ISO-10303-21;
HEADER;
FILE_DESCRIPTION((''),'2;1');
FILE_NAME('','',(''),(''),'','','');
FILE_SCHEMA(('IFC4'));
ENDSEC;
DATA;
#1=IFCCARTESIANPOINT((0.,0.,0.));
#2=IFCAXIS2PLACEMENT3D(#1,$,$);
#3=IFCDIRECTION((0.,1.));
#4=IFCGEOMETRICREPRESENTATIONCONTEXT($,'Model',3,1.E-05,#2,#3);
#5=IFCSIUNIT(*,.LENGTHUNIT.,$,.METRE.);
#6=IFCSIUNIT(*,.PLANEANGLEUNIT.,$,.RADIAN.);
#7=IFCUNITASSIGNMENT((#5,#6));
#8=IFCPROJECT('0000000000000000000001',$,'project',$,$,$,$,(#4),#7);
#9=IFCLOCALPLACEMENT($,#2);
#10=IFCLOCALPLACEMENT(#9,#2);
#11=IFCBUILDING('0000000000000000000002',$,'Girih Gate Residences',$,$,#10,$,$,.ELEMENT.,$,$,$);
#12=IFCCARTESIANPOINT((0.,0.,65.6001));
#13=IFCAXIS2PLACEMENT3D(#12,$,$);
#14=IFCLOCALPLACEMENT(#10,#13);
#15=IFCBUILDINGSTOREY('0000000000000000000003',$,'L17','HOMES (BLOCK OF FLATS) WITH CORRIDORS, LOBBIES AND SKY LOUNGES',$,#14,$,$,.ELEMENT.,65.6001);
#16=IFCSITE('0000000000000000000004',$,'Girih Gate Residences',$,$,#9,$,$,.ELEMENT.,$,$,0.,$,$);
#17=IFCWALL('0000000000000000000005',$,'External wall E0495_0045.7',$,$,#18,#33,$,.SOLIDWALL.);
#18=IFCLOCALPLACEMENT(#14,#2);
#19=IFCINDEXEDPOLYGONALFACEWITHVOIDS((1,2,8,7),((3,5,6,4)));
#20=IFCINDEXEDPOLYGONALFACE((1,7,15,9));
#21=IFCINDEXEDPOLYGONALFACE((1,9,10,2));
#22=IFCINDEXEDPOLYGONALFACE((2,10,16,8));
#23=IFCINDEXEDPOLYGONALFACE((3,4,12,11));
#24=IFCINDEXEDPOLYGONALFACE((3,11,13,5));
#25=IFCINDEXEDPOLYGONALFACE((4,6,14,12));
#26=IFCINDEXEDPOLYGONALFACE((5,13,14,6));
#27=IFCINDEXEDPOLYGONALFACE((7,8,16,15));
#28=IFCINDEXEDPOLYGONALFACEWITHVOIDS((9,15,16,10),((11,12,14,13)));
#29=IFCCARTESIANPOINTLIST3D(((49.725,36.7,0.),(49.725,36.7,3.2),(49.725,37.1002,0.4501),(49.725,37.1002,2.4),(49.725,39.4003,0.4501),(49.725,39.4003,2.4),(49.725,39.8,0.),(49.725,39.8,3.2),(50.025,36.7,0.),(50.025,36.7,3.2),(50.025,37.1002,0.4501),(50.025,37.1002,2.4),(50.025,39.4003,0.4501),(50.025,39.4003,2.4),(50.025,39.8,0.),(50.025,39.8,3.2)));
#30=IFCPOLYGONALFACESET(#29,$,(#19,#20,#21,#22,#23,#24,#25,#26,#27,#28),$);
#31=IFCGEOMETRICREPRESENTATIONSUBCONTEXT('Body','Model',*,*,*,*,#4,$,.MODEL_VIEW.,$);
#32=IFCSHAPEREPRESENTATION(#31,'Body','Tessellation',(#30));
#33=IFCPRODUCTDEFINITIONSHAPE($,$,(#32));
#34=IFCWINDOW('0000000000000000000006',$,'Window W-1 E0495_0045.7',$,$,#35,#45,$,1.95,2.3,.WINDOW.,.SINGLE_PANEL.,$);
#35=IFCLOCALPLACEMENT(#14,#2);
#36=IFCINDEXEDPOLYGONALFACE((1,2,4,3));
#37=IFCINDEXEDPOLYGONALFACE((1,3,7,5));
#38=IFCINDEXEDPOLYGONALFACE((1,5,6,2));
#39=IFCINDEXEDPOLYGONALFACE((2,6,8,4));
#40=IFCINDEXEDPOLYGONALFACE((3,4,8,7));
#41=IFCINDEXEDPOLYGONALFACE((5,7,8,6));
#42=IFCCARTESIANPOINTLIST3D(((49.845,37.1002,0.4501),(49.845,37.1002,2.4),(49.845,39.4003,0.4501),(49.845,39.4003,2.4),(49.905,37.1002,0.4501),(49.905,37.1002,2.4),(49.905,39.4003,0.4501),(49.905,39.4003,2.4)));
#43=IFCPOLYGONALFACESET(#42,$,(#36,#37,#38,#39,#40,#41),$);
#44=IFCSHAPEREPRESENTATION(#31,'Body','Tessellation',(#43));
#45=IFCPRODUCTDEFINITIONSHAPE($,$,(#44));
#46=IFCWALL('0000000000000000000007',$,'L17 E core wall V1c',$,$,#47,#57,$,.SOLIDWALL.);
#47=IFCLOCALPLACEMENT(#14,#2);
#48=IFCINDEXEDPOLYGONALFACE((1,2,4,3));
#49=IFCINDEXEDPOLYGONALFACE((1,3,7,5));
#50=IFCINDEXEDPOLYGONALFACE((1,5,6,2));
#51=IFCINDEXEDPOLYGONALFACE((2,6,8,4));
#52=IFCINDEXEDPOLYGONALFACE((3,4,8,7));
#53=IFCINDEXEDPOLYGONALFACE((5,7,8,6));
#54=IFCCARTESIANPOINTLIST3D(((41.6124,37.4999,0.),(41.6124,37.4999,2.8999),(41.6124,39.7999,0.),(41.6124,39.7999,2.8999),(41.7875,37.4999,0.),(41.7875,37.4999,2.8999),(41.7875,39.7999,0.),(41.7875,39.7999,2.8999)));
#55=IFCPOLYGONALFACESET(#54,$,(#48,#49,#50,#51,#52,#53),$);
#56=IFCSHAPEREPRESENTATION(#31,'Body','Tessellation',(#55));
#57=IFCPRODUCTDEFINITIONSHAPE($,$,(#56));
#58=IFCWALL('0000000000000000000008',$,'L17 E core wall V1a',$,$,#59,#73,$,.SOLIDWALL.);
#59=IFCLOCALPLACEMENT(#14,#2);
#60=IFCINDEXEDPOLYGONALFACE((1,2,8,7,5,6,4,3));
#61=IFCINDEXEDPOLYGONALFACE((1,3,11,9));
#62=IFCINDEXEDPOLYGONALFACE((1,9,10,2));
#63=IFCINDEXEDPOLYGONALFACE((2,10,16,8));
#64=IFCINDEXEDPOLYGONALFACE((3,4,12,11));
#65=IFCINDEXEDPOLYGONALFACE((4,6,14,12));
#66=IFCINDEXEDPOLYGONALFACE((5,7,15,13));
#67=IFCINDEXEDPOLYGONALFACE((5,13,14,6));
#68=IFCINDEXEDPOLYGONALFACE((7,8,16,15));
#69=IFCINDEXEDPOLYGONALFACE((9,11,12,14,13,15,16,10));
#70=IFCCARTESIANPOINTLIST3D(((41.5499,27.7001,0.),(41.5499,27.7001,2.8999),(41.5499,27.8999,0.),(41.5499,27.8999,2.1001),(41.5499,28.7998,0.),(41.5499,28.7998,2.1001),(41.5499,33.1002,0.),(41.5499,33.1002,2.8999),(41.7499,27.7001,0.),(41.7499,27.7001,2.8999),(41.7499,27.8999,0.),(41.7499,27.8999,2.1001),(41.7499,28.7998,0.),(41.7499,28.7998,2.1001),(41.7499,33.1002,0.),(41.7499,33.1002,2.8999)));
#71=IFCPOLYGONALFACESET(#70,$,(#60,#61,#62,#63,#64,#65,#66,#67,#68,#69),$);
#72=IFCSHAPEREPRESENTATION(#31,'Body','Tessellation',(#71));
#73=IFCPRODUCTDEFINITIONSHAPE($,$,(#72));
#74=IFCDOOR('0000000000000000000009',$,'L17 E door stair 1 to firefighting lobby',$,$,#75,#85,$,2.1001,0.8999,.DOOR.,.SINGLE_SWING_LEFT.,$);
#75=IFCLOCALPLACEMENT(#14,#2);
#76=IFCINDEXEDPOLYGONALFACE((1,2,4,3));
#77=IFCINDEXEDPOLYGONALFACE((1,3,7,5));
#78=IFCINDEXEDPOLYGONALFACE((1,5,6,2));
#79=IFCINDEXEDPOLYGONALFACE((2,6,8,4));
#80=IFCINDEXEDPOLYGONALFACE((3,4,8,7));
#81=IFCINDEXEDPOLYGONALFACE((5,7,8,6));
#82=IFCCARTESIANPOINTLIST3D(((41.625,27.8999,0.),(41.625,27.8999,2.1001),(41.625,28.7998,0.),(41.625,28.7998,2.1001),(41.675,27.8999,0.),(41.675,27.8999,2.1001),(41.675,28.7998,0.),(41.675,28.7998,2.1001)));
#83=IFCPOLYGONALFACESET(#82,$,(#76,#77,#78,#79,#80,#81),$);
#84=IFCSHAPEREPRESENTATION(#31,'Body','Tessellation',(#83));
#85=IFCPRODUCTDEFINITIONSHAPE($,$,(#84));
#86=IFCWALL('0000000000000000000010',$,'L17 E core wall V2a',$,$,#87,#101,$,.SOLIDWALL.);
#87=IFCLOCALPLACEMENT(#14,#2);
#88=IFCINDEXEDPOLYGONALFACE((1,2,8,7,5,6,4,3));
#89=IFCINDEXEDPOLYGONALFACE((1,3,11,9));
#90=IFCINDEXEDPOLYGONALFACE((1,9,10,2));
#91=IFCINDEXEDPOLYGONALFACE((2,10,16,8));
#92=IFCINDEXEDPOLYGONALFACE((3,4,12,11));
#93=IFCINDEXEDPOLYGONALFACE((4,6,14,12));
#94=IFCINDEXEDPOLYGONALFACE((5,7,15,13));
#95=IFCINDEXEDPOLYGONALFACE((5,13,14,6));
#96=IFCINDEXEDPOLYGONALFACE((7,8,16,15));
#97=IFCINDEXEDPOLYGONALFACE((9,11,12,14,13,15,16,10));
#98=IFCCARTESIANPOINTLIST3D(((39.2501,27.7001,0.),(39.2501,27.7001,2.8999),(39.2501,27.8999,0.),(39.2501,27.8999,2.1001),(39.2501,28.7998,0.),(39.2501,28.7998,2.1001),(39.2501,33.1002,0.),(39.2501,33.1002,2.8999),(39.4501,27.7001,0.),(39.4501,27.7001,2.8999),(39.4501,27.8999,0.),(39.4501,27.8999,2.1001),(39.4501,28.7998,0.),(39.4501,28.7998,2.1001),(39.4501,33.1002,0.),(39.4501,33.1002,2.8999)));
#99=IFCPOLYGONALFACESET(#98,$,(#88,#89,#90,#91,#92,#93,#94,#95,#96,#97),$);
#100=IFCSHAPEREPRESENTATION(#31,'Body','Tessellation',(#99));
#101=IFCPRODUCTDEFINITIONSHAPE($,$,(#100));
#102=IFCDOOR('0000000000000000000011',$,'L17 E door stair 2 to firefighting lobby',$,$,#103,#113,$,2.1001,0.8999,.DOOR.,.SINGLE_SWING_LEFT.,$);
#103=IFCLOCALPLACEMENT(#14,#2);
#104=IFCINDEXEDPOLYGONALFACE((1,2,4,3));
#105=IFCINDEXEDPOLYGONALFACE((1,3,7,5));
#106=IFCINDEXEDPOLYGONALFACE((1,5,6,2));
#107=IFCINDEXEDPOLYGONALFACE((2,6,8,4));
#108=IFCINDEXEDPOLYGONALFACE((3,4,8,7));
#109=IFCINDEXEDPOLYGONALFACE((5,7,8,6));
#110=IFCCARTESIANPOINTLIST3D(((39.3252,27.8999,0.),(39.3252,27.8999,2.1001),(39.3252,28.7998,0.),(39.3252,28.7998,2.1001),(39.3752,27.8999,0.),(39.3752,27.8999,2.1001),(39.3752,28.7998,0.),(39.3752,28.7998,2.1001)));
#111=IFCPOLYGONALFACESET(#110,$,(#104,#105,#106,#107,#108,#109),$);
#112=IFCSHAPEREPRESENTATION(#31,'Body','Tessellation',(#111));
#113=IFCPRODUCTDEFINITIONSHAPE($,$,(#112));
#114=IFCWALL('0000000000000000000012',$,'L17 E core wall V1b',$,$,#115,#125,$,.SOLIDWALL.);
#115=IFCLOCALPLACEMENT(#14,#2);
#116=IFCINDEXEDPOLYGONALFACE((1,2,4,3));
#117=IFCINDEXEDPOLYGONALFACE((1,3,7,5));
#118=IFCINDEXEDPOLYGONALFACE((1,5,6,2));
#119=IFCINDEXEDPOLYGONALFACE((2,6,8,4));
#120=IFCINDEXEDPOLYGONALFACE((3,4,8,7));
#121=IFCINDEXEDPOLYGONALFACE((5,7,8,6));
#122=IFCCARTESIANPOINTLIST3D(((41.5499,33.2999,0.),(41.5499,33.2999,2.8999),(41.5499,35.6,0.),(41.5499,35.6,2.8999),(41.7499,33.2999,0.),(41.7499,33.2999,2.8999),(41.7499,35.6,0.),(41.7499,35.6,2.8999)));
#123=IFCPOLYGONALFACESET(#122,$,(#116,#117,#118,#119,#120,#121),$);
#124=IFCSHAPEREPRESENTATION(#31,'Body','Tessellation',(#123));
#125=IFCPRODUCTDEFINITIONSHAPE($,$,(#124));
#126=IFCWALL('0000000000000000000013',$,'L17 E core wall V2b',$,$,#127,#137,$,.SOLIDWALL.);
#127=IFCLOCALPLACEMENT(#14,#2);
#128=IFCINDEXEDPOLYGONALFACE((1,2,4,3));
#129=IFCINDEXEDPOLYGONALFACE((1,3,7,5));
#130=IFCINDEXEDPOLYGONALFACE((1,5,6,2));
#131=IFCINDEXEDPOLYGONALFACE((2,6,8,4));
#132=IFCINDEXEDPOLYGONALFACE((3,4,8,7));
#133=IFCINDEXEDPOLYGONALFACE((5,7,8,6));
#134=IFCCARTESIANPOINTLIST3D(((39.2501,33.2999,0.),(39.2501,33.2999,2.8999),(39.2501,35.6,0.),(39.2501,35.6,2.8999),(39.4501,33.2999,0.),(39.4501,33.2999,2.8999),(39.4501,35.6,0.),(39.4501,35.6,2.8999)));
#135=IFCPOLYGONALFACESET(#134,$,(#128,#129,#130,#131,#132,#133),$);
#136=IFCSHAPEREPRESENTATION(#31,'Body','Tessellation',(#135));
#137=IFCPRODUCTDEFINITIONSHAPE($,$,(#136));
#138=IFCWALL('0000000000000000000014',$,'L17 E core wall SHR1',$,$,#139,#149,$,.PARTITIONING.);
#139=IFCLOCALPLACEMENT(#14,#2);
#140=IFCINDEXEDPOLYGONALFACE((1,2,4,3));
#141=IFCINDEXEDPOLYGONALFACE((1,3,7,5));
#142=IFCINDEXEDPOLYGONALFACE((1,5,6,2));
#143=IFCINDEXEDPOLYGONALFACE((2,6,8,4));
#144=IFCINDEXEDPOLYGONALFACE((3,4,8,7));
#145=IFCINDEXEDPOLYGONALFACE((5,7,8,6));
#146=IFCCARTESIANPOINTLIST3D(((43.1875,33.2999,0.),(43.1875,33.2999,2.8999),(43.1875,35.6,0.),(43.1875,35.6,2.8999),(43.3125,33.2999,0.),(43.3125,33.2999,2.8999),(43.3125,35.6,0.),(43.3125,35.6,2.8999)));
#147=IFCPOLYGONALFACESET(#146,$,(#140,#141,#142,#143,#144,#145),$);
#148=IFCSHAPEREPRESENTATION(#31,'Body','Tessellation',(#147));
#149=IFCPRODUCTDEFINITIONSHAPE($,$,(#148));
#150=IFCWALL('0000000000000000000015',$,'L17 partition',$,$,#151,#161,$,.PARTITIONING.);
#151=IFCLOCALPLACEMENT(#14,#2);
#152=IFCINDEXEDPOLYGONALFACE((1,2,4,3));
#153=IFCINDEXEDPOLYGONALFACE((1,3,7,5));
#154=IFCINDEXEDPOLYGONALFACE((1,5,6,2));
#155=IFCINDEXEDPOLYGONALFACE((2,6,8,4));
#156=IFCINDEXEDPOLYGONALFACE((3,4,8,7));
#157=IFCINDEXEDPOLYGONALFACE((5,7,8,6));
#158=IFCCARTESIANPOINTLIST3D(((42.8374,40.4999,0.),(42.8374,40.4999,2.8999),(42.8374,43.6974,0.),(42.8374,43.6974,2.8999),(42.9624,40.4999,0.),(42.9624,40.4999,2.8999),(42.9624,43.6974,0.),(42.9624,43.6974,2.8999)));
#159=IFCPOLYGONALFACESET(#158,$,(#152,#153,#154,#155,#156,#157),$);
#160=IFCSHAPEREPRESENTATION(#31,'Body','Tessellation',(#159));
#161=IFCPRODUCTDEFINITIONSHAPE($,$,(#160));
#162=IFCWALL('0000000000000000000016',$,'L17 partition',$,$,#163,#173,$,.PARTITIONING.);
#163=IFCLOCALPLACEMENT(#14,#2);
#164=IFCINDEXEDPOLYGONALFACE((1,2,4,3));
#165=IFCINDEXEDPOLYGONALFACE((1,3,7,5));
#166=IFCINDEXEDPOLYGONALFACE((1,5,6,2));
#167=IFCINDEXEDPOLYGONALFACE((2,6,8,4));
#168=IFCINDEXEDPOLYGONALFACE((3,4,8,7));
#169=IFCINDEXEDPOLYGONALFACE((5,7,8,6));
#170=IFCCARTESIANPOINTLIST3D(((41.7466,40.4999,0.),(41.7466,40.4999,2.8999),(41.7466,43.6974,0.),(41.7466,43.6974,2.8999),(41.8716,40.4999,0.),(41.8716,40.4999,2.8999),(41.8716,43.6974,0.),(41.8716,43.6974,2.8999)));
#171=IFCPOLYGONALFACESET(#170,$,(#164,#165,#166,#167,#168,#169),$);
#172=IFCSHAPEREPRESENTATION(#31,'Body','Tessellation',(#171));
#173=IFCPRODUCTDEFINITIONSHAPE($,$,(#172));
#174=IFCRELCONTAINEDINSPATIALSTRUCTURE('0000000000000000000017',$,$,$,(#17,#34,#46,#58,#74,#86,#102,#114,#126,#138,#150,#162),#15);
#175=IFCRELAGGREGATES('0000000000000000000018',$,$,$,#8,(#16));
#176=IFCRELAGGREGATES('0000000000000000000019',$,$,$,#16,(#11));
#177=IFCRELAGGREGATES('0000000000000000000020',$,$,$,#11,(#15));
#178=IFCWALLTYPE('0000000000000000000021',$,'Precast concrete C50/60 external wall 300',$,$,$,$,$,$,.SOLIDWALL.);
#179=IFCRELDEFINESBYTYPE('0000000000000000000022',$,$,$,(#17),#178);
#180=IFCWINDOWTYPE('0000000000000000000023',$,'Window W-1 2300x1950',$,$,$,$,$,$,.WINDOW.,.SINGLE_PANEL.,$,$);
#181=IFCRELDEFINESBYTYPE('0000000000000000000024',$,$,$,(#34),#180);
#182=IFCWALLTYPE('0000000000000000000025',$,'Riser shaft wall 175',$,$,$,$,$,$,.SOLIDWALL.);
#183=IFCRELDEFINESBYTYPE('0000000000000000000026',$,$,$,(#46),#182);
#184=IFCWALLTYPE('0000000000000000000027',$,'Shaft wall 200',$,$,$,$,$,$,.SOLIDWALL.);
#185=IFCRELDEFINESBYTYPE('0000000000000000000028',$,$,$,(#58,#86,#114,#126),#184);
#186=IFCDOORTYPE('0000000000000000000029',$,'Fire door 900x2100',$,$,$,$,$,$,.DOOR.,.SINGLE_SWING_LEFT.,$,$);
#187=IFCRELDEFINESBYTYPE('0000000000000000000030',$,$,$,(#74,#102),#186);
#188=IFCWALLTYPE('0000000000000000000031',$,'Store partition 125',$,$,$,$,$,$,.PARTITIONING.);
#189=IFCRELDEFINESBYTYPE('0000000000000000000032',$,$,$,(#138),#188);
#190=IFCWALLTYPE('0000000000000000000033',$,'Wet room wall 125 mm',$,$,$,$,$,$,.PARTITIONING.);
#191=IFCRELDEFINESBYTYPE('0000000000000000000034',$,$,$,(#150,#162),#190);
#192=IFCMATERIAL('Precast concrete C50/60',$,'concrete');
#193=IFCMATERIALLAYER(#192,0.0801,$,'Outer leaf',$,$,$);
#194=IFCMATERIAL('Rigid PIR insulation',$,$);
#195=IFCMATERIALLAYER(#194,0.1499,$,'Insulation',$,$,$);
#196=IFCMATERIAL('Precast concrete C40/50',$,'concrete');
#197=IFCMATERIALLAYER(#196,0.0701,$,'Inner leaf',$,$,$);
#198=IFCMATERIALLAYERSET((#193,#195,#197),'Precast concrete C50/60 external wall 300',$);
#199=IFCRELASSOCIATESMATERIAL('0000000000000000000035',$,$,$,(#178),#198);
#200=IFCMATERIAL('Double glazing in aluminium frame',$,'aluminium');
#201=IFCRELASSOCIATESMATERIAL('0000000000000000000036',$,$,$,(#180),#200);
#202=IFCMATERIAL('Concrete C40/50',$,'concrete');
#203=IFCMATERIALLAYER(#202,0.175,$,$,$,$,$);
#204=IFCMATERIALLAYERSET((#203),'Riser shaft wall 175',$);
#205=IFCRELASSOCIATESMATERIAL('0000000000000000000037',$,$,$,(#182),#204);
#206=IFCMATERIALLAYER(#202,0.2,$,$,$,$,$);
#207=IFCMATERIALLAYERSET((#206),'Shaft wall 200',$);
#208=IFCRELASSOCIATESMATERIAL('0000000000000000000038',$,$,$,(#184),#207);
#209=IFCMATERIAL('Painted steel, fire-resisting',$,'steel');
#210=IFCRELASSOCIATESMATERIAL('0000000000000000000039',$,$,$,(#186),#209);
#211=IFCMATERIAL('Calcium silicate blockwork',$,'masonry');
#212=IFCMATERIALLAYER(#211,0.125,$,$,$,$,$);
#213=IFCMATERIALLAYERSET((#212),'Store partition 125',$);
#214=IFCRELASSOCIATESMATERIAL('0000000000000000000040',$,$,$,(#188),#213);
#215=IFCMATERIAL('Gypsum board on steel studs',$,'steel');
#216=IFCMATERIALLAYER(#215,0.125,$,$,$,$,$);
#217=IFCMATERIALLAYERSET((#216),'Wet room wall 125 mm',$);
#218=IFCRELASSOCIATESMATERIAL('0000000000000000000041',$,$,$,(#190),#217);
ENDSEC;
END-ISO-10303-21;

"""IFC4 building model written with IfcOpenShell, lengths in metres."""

from ifc_helpers import new_model, si_unit, direction, frame, frame_2d, origin, place, context, subcontext, project, spatial, rectangle, extrude, material, layer, layer_set, type_object, element, fill, save


model = new_model("IFC4")

# Units and contexts
model_context = context("Model", 3, precision=1e-05, world=origin(), true_north=direction((0.0, 1.0)))
body_context = subcontext(model_context, "Body", "Model", "MODEL_VIEW")
ifc_project = project(units=[si_unit("LENGTHUNIT", "METRE"), si_unit("PLANEANGLEUNIT", "RADIAN")], contexts=[model_context])

# Site, building, storey
site_placement = place(None, origin())
site = spatial("IfcSite", under=ifc_project, at=site_placement, Name="Girih Gate Residences", CompositionType="ELEMENT", RefElevation=0.0)
building_placement = place(site_placement, origin())
building = spatial("IfcBuilding", under=site, at=building_placement, Name="Girih Gate Residences", CompositionType="ELEMENT")
storey_placement = place(building_placement, frame((0.0, 0.0, 65.6001)))
storey = spatial("IfcBuildingStorey", under=building, at=storey_placement, Name="L17", Description="HOMES (BLOCK OF FLATS) WITH CORRIDORS, LOBBIES AND SKY LOUNGES", CompositionType="ELEMENT", Elevation=65.6001)

# Shared definitions
ifc_material_1 = material(Name="Gypsum board on steel studs", Category="steel")

# Wall, opening, window
ifc_material_2 = material(Name="Precast concrete C50/60", Category="concrete")
ifc_layer_1 = layer(ifc_material_2, 0.0801, Name="Outer leaf")
ifc_material_3 = material(Name="Rigid PIR insulation")
ifc_layer_2 = layer(ifc_material_3, 0.1499, Name="Insulation")
ifc_material_4 = material(Name="Precast concrete C40/50", Category="concrete")
ifc_layer_3 = layer(ifc_material_4, 0.0701, Name="Inner leaf")
ifc_layer_set_1 = layer_set([ifc_layer_1, ifc_layer_2, ifc_layer_3], Name="Precast concrete C50/60 external wall 300")
wall_type_1 = type_object("IfcWallType", Name="Precast concrete C50/60 external wall 300", PredefinedType="SOLIDWALL", material=ifc_layer_set_1)
ifc_material_5 = material(Name="Double glazing in aluminium frame", Category="aluminium")
window_type = type_object("IfcWindowType", Name="Window W-1 2300x1950", PartitioningType="SINGLE_PANEL", PredefinedType="WINDOW", material=ifc_material_5)
wall_1_placement = place(storey_placement, frame((49.875, 39.8, 0.0), z_axis=(0.0, 0.0, 1.0), x_axis=(0.0, -1.0, 0.0)))
wall_1 = element("IfcWall", 1, at=wall_1_placement, inside=storey, type_object=wall_type_1, Name="External wall E0495_0045.7", PredefinedType="SOLIDWALL", context=body_context, shape_type="SweptSolid", body=[
    extrude(rectangle(XDim=3.1001, YDim=0.3, at=frame_2d((1.55, 0.0))), origin(), (0.0, 0.0, 1.0), 3.2),
])
opening_1_placement = place(wall_1_placement, frame((0.3999, 0.0, 0.45)))
opening_1 = element("IfcOpeningElement", 2, at=opening_1_placement, cuts=wall_1, PredefinedType="OPENING", context=body_context, shape_type="SweptSolid", body=[
    extrude(rectangle(XDim=2.3, YDim=1.95, at=frame_2d((1.1499, 0.9751))), frame((0.0, 0.1599, 0.0), z_axis=(0.0, -1.0, 0.0), x_axis=(1.0, 0.0, 0.0)), (0.0, 0.0, 1.0), 0.3201),
])
window_1_placement = place(opening_1_placement, origin())
window_1 = element("IfcWindow", 3, at=window_1_placement, inside=storey, type_object=window_type, Name="Window W-1 E0495_0045.7", OverallHeight=1.95, OverallWidth=2.3, PartitioningType="SINGLE_PANEL", PredefinedType="WINDOW", context=body_context, shape_type="SweptSolid", body=[
    extrude(rectangle(XDim=2.3, YDim=1.95, at=frame_2d((1.1499, 0.9751))), frame((0.0, 0.03, 0.0), z_axis=(0.0, -1.0, 0.0), x_axis=(1.0, 0.0, 0.0)), (0.0, 0.0, 1.0), 0.0601),
])
fill(opening_1, window_1)

# Wall
ifc_material_6 = material(Name="Concrete C40/50", Category="concrete")
ifc_layer_4 = layer(ifc_material_6, 0.175)
ifc_layer_set_2 = layer_set([ifc_layer_4], Name="Riser shaft wall 175")
wall_type_2 = type_object("IfcWallType", Name="Riser shaft wall 175", PredefinedType="SOLIDWALL", material=ifc_layer_set_2)
wall_2_placement = place(storey_placement, frame((41.7, 37.5, 0.0), z_axis=(0.0, 0.0, 1.0), x_axis=(0.0, 1.0, 0.0)))
element("IfcWall", 4, at=wall_2_placement, inside=storey, type_object=wall_type_2, Name="L17 E core wall V1c", PredefinedType="SOLIDWALL", context=body_context, shape_type="SweptSolid", body=[
    extrude(rectangle(XDim=2.3, YDim=0.175, at=frame_2d((1.1499, 0.0))), origin(), (0.0, 0.0, 1.0), 2.8999),
])

# Walls, openings, doors
ifc_layer_5 = layer(ifc_material_6, 0.2)
ifc_layer_set_3 = layer_set([ifc_layer_5], Name="Shaft wall 200")
wall_type_3 = type_object("IfcWallType", Name="Shaft wall 200", PredefinedType="SOLIDWALL", material=ifc_layer_set_3)
wall_3_placement = place(storey_placement, frame((41.6499, 27.7, 0.0), z_axis=(0.0, 0.0, 1.0), x_axis=(0.0, 1.0, 0.0)))
wall_3 = element("IfcWall", 5, at=wall_3_placement, inside=storey, type_object=wall_type_3, Name="L17 E core wall V1a", PredefinedType="SOLIDWALL", context=body_context, shape_type="SweptSolid", body=[
    extrude(rectangle(XDim=5.4001, YDim=0.2, at=frame_2d((2.7002, 0.0))), origin(), (0.0, 0.0, 1.0), 2.8999),
])
opening_2_placement = place(wall_3_placement, frame((0.2, 0.0, 0.0)))
opening_2 = element("IfcOpeningElement", 6, at=opening_2_placement, cuts=wall_3, PredefinedType="OPENING", context=body_context, shape_type="SweptSolid", body=[
    extrude(rectangle(XDim=0.8999, YDim=2.1001, at=frame_2d((0.45, 1.05))), frame((0.0, 0.1099, 0.0), z_axis=(0.0, -1.0, 0.0), x_axis=(1.0, 0.0, 0.0)), (0.0, 0.0, 1.0), 0.22),
])
ifc_material_7 = material(Name="Painted steel, fire-resisting", Category="steel")
door_type_1 = type_object("IfcDoorType", Name="Fire door 900x2100", OperationType="SINGLE_SWING_LEFT", PredefinedType="DOOR", material=ifc_material_7)
door_1_placement = place(opening_2_placement, origin())
door_1 = element("IfcDoor", 7, at=door_1_placement, inside=storey, type_object=door_type_1, Name="L17 E door stair 1 to firefighting lobby", OperationType="SINGLE_SWING_LEFT", OverallHeight=2.1001, OverallWidth=0.8999, PredefinedType="DOOR", context=body_context, shape_type="SweptSolid", body=[
    extrude(rectangle(XDim=0.8999, YDim=2.1001, at=frame_2d((0.45, 1.05))), frame((0.0, 0.0249, 0.0), z_axis=(0.0, -1.0, 0.0), x_axis=(1.0, 0.0, 0.0)), (0.0, 0.0, 1.0), 0.05),
])
fill(opening_2, door_1)
wall_4_placement = place(storey_placement, frame((39.3501, 27.7, 0.0), z_axis=(0.0, 0.0, 1.0), x_axis=(0.0, 1.0, 0.0)))
wall_4 = element("IfcWall", 8, at=wall_4_placement, inside=storey, type_object=wall_type_3, Name="L17 E core wall V2a", PredefinedType="SOLIDWALL", context=body_context, shape_type="SweptSolid", body=[
    extrude(rectangle(XDim=5.4001, YDim=0.2, at=frame_2d((2.7002, 0.0))), origin(), (0.0, 0.0, 1.0), 2.8999),
])
opening_3_placement = place(wall_4_placement, frame((0.2, 0.0, 0.0)))
opening_3 = element("IfcOpeningElement", 9, at=opening_3_placement, cuts=wall_4, PredefinedType="OPENING", context=body_context, shape_type="SweptSolid", body=[
    extrude(rectangle(XDim=0.8999, YDim=2.1001, at=frame_2d((0.45, 1.05))), frame((0.0, 0.1099, 0.0), z_axis=(0.0, -1.0, 0.0), x_axis=(1.0, 0.0, 0.0)), (0.0, 0.0, 1.0), 0.22),
])
door_2_placement = place(opening_3_placement, origin())
door_2 = element("IfcDoor", 10, at=door_2_placement, inside=storey, type_object=door_type_1, Name="L17 E door stair 2 to firefighting lobby", OperationType="SINGLE_SWING_LEFT", OverallHeight=2.1001, OverallWidth=0.8999, PredefinedType="DOOR", context=body_context, shape_type="SweptSolid", body=[
    extrude(rectangle(XDim=0.8999, YDim=2.1001, at=frame_2d((0.45, 1.05))), frame((0.0, 0.0249, 0.0), z_axis=(0.0, -1.0, 0.0), x_axis=(1.0, 0.0, 0.0)), (0.0, 0.0, 1.0), 0.05),
])
fill(opening_3, door_2)

# Walls
for number, where, z_axis, x_axis, name in (
    (11, (41.6499, 33.3, 0.0), (0.0, 0.0, 1.0), (0.0, 1.0, 0.0), "L17 E core wall V1b"),
    (12, (39.3501, 33.3, 0.0), (0.0, 0.0, 1.0), (0.0, 1.0, 0.0), "L17 E core wall V2b"),
):
    element("IfcWall", number, at=place(storey_placement, frame(where, z_axis=z_axis, x_axis=x_axis)), inside=storey, type_object=wall_type_3, Name=name, PredefinedType="SOLIDWALL", context=body_context, shape_type="SweptSolid", body=[
        extrude(rectangle(XDim=2.3, YDim=0.2, at=frame_2d((1.1499, 0.0))), origin(), (0.0, 0.0, 1.0), 2.8999),
    ])
ifc_material_8 = material(Name="Calcium silicate blockwork", Category="masonry")
ifc_layer_6 = layer(ifc_material_8, 0.125)
ifc_layer_set_4 = layer_set([ifc_layer_6], Name="Store partition 125")
wall_type_4 = type_object("IfcWallType", Name="Store partition 125", PredefinedType="PARTITIONING", material=ifc_layer_set_4)
wall_5_placement = place(storey_placement, frame((43.25, 33.3, 0.0), z_axis=(0.0, 0.0, 1.0), x_axis=(0.0, 1.0, 0.0)))
element("IfcWall", 13, at=wall_5_placement, inside=storey, type_object=wall_type_4, Name="L17 E core wall SHR1", PredefinedType="PARTITIONING", context=body_context, shape_type="SweptSolid", body=[
    extrude(rectangle(XDim=2.3, YDim=0.125, at=frame_2d((1.1499, 0.0))), origin(), (0.0, 0.0, 1.0), 2.8999),
])
ifc_layer_7 = layer(ifc_material_1, 0.125)
ifc_layer_set_5 = layer_set([ifc_layer_7], Name="Wet room wall 125 mm")
wall_type_5 = type_object("IfcWallType", Name="Wet room wall 125 mm", PredefinedType="PARTITIONING", material=ifc_layer_set_5)
for number, where, z_axis, x_axis, name in (
    (14, (42.8999, 40.5, 0.0), (0.0, 0.0, 1.0), (0.0, 1.0, 0.0), "L17 partition"),
    (15, (41.8091, 40.5, 0.0), (0.0, 0.0, 1.0), (0.0, 1.0, 0.0), "L17 partition"),
):
    element("IfcWall", number, at=place(storey_placement, frame(where, z_axis=z_axis, x_axis=x_axis)), inside=storey, type_object=wall_type_5, Name=name, PredefinedType="PARTITIONING", context=body_context, shape_type="SweptSolid", body=[
        extrude(rectangle(XDim=3.1975, YDim=0.125, at=frame_2d((1.5986, 0.0))), origin(), (0.0, 0.0, 1.0), 2.8999),
    ])

save(model, "model.ifc")
